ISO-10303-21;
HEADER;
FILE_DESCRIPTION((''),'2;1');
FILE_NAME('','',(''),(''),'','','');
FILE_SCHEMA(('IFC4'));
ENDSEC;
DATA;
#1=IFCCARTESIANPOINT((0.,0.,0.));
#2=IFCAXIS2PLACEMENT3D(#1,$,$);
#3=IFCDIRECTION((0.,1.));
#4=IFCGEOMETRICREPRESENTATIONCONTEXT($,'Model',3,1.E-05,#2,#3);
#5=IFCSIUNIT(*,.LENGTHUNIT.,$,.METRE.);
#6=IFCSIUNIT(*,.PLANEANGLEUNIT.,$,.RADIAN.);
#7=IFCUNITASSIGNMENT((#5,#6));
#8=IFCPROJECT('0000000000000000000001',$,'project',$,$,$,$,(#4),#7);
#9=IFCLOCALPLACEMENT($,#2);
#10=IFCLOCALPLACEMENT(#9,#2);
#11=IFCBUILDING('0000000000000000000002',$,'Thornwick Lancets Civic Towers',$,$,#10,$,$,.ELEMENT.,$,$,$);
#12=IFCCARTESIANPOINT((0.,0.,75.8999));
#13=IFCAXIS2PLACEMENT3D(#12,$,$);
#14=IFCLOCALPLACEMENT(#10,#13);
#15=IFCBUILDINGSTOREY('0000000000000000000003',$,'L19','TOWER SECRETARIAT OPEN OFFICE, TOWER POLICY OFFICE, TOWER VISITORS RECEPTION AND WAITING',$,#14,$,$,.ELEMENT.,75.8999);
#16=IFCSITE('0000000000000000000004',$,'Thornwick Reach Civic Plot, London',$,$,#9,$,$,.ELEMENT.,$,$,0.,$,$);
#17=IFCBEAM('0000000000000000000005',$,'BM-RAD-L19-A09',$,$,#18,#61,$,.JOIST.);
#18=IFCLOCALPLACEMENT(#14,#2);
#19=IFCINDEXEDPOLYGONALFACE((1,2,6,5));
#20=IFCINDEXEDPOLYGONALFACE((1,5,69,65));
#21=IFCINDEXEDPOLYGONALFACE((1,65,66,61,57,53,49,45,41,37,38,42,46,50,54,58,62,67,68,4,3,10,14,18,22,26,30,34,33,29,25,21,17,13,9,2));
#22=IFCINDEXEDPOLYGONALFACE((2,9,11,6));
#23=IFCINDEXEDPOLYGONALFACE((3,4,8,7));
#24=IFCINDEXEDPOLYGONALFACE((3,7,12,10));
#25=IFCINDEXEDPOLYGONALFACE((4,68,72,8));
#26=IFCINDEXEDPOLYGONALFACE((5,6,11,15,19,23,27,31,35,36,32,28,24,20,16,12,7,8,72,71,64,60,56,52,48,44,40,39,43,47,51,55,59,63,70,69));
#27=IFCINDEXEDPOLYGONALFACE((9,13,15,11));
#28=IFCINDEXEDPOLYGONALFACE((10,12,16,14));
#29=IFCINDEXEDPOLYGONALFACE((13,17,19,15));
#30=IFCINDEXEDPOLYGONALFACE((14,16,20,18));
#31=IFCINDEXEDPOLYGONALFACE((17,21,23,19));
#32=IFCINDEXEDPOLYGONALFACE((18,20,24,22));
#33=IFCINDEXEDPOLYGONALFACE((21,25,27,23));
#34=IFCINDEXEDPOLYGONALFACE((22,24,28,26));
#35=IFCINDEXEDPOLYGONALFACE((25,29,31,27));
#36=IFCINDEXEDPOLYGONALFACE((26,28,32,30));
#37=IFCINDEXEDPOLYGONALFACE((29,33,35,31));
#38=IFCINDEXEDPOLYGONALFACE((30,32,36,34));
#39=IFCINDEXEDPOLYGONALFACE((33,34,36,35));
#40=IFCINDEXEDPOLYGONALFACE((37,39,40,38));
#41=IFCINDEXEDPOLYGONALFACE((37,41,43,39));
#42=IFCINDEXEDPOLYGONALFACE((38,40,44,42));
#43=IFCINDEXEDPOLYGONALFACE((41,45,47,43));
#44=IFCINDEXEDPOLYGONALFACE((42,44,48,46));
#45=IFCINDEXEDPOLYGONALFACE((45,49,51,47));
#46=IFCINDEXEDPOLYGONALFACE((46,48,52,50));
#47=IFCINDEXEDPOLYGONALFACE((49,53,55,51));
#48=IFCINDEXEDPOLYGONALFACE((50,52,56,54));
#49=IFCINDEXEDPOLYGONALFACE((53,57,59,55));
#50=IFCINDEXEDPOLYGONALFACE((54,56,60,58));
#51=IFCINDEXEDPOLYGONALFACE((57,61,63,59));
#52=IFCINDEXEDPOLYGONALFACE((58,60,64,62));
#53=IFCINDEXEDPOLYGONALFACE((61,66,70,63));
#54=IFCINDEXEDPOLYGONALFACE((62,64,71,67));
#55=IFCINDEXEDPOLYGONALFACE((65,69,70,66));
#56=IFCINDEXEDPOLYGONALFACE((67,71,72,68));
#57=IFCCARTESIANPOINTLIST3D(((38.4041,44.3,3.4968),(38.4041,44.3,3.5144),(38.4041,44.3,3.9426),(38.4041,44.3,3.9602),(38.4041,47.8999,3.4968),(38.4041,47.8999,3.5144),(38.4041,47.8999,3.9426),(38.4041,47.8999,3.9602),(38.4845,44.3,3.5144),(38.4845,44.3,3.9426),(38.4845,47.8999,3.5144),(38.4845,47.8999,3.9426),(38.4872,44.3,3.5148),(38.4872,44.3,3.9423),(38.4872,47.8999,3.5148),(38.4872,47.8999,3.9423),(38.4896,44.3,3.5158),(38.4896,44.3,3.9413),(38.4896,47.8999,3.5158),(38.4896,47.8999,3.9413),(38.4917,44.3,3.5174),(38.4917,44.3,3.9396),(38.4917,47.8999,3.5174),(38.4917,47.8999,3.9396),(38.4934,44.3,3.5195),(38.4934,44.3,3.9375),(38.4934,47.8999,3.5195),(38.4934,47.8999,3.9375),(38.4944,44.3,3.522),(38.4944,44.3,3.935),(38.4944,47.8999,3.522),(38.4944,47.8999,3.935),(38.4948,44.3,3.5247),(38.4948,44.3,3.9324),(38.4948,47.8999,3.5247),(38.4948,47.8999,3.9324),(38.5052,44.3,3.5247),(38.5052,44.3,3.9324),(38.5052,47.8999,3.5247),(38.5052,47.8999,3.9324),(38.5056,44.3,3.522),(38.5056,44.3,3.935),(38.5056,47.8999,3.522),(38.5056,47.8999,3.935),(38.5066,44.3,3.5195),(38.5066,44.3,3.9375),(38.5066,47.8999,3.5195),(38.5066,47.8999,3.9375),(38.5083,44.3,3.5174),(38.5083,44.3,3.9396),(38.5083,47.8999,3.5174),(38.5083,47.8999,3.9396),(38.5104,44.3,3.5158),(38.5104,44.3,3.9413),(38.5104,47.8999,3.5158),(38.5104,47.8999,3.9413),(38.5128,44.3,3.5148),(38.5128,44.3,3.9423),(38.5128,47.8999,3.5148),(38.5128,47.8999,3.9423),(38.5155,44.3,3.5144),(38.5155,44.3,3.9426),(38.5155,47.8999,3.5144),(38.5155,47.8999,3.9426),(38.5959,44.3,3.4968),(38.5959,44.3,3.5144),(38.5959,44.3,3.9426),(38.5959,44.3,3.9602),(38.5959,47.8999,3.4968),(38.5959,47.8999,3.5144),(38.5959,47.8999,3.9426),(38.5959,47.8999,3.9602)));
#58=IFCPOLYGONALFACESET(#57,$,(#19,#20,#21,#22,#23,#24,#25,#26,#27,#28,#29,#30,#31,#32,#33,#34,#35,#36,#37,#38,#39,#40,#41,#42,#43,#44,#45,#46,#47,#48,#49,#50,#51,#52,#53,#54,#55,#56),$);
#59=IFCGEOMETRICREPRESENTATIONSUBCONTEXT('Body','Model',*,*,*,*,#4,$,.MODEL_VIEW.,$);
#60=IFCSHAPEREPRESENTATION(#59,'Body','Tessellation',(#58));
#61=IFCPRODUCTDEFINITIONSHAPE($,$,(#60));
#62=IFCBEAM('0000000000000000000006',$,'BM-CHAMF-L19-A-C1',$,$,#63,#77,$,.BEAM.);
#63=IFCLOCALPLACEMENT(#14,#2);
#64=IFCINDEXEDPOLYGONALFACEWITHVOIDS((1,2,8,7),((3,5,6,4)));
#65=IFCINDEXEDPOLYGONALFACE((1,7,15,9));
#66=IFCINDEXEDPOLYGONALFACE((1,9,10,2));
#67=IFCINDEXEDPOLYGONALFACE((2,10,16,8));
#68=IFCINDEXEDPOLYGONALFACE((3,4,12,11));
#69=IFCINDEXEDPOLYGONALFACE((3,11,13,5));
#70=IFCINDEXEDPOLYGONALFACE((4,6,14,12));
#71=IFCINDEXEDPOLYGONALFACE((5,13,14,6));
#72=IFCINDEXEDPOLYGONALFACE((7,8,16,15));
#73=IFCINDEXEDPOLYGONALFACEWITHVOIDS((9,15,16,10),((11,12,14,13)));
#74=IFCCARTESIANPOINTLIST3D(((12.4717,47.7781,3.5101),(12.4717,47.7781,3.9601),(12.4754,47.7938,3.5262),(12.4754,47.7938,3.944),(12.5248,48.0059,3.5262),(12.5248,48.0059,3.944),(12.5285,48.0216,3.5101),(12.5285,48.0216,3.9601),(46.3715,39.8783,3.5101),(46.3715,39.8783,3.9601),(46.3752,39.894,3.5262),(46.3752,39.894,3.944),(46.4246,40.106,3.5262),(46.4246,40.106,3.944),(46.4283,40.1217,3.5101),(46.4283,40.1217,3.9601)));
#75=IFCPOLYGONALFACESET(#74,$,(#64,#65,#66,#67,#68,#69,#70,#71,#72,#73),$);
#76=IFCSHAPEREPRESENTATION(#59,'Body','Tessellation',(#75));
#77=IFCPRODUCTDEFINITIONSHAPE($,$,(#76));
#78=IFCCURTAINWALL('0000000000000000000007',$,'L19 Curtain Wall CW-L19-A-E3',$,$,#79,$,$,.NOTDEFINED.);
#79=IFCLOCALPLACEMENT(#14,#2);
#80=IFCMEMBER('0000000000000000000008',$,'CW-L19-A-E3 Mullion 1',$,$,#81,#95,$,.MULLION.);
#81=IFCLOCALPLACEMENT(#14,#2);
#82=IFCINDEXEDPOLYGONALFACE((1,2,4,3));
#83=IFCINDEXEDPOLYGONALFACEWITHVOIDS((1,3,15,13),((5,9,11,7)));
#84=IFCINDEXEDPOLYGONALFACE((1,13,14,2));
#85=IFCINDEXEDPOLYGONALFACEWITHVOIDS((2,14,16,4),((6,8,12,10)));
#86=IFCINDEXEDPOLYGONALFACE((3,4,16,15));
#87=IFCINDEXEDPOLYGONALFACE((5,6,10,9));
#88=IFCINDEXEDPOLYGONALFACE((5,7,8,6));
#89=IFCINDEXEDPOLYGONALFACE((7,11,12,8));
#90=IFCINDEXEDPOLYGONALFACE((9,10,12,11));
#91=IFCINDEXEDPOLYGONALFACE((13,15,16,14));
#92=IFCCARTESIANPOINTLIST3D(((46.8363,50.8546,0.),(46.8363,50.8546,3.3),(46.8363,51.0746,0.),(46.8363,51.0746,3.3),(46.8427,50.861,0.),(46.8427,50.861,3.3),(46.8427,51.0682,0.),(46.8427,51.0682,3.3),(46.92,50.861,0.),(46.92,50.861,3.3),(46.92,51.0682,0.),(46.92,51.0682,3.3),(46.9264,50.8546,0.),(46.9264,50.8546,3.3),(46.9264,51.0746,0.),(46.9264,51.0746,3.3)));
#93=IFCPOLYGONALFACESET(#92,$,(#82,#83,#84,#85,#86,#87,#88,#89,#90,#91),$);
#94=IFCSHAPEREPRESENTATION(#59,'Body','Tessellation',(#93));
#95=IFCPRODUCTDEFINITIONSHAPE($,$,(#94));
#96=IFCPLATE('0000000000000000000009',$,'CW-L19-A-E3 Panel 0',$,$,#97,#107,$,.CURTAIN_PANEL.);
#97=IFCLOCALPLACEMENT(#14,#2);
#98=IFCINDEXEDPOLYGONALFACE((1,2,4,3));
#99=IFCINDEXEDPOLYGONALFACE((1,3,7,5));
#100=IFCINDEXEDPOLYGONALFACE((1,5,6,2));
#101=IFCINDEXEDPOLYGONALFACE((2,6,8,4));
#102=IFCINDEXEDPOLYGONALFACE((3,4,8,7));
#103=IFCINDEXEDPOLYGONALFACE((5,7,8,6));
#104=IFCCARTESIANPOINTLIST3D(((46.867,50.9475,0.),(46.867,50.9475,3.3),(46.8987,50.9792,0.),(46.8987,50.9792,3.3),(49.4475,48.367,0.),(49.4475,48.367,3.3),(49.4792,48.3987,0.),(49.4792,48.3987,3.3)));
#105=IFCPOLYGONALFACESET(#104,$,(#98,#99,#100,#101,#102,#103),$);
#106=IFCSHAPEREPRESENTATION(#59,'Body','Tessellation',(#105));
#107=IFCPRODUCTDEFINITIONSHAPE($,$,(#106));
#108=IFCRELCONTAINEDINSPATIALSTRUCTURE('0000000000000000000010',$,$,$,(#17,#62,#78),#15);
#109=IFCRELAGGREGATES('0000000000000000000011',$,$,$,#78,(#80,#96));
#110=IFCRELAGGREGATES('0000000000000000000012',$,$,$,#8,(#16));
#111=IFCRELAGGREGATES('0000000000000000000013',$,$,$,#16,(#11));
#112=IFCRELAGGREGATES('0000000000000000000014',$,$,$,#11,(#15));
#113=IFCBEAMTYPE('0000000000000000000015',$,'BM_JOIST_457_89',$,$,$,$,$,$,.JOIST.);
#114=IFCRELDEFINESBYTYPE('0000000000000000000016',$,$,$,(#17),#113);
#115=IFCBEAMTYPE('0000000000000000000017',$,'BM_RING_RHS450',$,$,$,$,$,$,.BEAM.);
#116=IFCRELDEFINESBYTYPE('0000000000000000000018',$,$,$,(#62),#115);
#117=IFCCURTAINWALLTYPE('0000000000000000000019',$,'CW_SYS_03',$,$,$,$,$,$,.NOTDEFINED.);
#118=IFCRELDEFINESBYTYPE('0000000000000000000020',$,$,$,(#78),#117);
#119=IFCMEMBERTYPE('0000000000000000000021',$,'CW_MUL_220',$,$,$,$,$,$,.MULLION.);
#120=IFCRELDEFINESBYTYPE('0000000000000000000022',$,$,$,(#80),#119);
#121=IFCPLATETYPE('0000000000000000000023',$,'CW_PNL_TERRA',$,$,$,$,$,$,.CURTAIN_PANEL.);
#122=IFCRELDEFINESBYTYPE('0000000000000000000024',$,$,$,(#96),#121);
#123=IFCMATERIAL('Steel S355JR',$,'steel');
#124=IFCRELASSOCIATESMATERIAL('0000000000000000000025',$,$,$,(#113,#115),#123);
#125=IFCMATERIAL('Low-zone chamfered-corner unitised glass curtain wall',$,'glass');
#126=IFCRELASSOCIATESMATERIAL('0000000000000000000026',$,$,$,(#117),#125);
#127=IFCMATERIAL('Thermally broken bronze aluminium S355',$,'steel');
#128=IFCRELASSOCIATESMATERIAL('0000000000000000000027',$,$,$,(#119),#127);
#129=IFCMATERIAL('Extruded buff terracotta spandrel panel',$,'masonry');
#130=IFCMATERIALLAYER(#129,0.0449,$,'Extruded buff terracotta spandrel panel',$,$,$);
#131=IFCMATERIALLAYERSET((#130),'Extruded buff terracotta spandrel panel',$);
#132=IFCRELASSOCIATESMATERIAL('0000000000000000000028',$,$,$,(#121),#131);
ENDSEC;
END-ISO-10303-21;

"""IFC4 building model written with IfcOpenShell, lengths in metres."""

from ifc_helpers import new_model, si_unit, direction, frame, origin, origin_2d, place, context, subcontext, project, spatial, rectangle, hollow_rectangle, i_section, extrude, material, layer, layer_set, material_profile, profile_set, type_object, element, aggregate, save


model = new_model("IFC4")

# Units and contexts
model_context = context("Model", 3, precision=1e-05, world=origin(), true_north=direction((0.0, 1.0)))
body_context = subcontext(model_context, "Body", "Model", "MODEL_VIEW")
ifc_project = project(units=[si_unit("LENGTHUNIT", "METRE"), si_unit("PLANEANGLEUNIT", "RADIAN")], contexts=[model_context])

# Site, building, storey
site_placement = place(None, origin())
site = spatial("IfcSite", under=ifc_project, at=site_placement, Name="Thornwick Reach Civic Plot, London", CompositionType="ELEMENT", RefElevation=0.0)
building_placement = place(site_placement, origin())
building = spatial("IfcBuilding", under=site, at=building_placement, Name="Thornwick Lancets Civic Towers", CompositionType="ELEMENT")
storey_placement = place(building_placement, frame((0.0, 0.0, 75.8999)))
storey = spatial("IfcBuildingStorey", under=building, at=storey_placement, Name="L19", Description="TOWER SECRETARIAT OPEN OFFICE, TOWER POLICY OFFICE, TOWER VISITORS RECEPTION AND WAITING", CompositionType="ELEMENT", Elevation=75.8999)

# Beams
ifc_material_1 = material(Name="Steel S355JR", Category="steel")
ifc_material_profile_1 = material_profile(ifc_material_1, i_section(OverallWidth=0.1919, OverallDepth=0.4634, WebThickness=0.0105, FlangeThickness=0.0176, FilletRadius=0.0103, at=origin_2d()), Name="UKB 457x191x89")
ifc_profile_set_1 = profile_set([ifc_material_profile_1], Name="Steel S355JR")
beam_type_1 = type_object("IfcBeamType", Name="BM_JOIST_457_89", PredefinedType="JOIST", material=ifc_profile_set_1)
for number, where, z_axis, x_axis, name in (
    (1, (38.5, 44.3, 3.7285), (0.0, 1.0, 0.0), (-1.0, 0.0, 0.0), "BM-RAD-L19-A09"),
):
    element("IfcBeam", number, at=place(storey_placement, frame(where, z_axis=z_axis, x_axis=x_axis)), inside=storey, type_object=beam_type_1, Name=name, PredefinedType="JOIST", context=body_context, shape_type="SweptSolid", body=[
        extrude(i_section(OverallWidth=0.1919, OverallDepth=0.4634, WebThickness=0.0105, FlangeThickness=0.0176, FilletRadius=0.0103, at=origin_2d()), origin(), (0.0, 0.0, 1.0), 3.5999),
    ])
ifc_material_profile_2 = material_profile(ifc_material_1, hollow_rectangle(XDim=0.25, YDim=0.45, WallThickness=0.0161, at=origin_2d()), Name="RHS 450x250x16")
ifc_profile_set_2 = profile_set([ifc_material_profile_2], Name="Steel S355JR")
beam_type_2 = type_object("IfcBeamType", Name="BM_RING_RHS450", PredefinedType="BEAM", material=ifc_profile_set_2)
beam_placement = place(storey_placement, frame((46.3999, 40.0, 3.7351), z_axis=(-0.973905, 0.226955, 0.0), x_axis=(-0.226955, -0.973905, 0.0)))
element("IfcBeam", 2, at=beam_placement, inside=storey, type_object=beam_type_2, Name="BM-CHAMF-L19-A-C1", PredefinedType="BEAM", context=body_context, shape_type="SweptSolid", body=[
    extrude(hollow_rectangle(XDim=0.25, YDim=0.45, WallThickness=0.0161, at=origin_2d()), origin(), (0.0, 0.0, 1.0), 34.8081),
])

# Curtain wall, member, plate
ifc_material_2 = material(Name="Low-zone chamfered-corner unitised glass curtain wall", Category="glass")
curtain_wall_type = type_object("IfcCurtainWallType", Name="CW_SYS_03", PredefinedType="NOTDEFINED", material=ifc_material_2)
curtain_wall_placement = place(storey_placement, origin())
curtain_wall = element("IfcCurtainWall", 3, at=curtain_wall_placement, inside=storey, type_object=curtain_wall_type, Name="L19 Curtain Wall CW-L19-A-E3", PredefinedType="NOTDEFINED")
ifc_material_3 = material(Name="Thermally broken bronze aluminium S355", Category="steel")
ifc_material_profile_3 = material_profile(ifc_material_3, hollow_rectangle(XDim=0.0901, YDim=0.22, WallThickness=0.0063, at=origin_2d()), Name="RHS 220x90x6.3")
ifc_profile_set_3 = profile_set([ifc_material_profile_3], Name="Thermally broken bronze aluminium S355")
member_type = type_object("IfcMemberType", Name="CW_MUL_220", PredefinedType="MULLION", material=ifc_profile_set_3)
member_placement = place(storey_placement, frame((46.8813, 50.9646, 0.0), z_axis=(0.0, 0.0, 1.0), x_axis=(1.0, 0.0, 0.0)))
member = element("IfcMember", 4, at=member_placement, type_object=member_type, Name="CW-L19-A-E3 Mullion 1", PredefinedType="MULLION", context=body_context, shape_type="SweptSolid", body=[
    extrude(hollow_rectangle(XDim=0.0901, YDim=0.22, WallThickness=0.0063, at=origin_2d()), origin(), (0.0, 0.0, 1.0), 3.3),
])
ifc_material_4 = material(Name="Extruded buff terracotta spandrel panel", Category="masonry")
ifc_layer_1 = layer(ifc_material_4, 0.0449, Name="Extruded buff terracotta spandrel panel")
ifc_layer_set_1 = layer_set([ifc_layer_1], Name="Extruded buff terracotta spandrel panel")
plate_type = type_object("IfcPlateType", Name="CW_PNL_TERRA", PredefinedType="CURTAIN_PANEL", material=ifc_layer_set_1)
plate_placement = place(storey_placement, frame((48.1731, 49.6731, 0.0), z_axis=(0.0, 0.0, 1.0), x_axis=(-0.707107, 0.707107, 0.0)))
plate = element("IfcPlate", 5, at=plate_placement, type_object=plate_type, Name="CW-L19-A-E3 Panel 0", PredefinedType="CURTAIN_PANEL", context=body_context, shape_type="SweptSolid", body=[
    extrude(rectangle(XDim=3.6494, YDim=0.0449, at=origin_2d()), origin(), (0.0, 0.0, 1.0), 3.3),
])
aggregate(curtain_wall, [member, plate])

save(model, "model.ifc")
